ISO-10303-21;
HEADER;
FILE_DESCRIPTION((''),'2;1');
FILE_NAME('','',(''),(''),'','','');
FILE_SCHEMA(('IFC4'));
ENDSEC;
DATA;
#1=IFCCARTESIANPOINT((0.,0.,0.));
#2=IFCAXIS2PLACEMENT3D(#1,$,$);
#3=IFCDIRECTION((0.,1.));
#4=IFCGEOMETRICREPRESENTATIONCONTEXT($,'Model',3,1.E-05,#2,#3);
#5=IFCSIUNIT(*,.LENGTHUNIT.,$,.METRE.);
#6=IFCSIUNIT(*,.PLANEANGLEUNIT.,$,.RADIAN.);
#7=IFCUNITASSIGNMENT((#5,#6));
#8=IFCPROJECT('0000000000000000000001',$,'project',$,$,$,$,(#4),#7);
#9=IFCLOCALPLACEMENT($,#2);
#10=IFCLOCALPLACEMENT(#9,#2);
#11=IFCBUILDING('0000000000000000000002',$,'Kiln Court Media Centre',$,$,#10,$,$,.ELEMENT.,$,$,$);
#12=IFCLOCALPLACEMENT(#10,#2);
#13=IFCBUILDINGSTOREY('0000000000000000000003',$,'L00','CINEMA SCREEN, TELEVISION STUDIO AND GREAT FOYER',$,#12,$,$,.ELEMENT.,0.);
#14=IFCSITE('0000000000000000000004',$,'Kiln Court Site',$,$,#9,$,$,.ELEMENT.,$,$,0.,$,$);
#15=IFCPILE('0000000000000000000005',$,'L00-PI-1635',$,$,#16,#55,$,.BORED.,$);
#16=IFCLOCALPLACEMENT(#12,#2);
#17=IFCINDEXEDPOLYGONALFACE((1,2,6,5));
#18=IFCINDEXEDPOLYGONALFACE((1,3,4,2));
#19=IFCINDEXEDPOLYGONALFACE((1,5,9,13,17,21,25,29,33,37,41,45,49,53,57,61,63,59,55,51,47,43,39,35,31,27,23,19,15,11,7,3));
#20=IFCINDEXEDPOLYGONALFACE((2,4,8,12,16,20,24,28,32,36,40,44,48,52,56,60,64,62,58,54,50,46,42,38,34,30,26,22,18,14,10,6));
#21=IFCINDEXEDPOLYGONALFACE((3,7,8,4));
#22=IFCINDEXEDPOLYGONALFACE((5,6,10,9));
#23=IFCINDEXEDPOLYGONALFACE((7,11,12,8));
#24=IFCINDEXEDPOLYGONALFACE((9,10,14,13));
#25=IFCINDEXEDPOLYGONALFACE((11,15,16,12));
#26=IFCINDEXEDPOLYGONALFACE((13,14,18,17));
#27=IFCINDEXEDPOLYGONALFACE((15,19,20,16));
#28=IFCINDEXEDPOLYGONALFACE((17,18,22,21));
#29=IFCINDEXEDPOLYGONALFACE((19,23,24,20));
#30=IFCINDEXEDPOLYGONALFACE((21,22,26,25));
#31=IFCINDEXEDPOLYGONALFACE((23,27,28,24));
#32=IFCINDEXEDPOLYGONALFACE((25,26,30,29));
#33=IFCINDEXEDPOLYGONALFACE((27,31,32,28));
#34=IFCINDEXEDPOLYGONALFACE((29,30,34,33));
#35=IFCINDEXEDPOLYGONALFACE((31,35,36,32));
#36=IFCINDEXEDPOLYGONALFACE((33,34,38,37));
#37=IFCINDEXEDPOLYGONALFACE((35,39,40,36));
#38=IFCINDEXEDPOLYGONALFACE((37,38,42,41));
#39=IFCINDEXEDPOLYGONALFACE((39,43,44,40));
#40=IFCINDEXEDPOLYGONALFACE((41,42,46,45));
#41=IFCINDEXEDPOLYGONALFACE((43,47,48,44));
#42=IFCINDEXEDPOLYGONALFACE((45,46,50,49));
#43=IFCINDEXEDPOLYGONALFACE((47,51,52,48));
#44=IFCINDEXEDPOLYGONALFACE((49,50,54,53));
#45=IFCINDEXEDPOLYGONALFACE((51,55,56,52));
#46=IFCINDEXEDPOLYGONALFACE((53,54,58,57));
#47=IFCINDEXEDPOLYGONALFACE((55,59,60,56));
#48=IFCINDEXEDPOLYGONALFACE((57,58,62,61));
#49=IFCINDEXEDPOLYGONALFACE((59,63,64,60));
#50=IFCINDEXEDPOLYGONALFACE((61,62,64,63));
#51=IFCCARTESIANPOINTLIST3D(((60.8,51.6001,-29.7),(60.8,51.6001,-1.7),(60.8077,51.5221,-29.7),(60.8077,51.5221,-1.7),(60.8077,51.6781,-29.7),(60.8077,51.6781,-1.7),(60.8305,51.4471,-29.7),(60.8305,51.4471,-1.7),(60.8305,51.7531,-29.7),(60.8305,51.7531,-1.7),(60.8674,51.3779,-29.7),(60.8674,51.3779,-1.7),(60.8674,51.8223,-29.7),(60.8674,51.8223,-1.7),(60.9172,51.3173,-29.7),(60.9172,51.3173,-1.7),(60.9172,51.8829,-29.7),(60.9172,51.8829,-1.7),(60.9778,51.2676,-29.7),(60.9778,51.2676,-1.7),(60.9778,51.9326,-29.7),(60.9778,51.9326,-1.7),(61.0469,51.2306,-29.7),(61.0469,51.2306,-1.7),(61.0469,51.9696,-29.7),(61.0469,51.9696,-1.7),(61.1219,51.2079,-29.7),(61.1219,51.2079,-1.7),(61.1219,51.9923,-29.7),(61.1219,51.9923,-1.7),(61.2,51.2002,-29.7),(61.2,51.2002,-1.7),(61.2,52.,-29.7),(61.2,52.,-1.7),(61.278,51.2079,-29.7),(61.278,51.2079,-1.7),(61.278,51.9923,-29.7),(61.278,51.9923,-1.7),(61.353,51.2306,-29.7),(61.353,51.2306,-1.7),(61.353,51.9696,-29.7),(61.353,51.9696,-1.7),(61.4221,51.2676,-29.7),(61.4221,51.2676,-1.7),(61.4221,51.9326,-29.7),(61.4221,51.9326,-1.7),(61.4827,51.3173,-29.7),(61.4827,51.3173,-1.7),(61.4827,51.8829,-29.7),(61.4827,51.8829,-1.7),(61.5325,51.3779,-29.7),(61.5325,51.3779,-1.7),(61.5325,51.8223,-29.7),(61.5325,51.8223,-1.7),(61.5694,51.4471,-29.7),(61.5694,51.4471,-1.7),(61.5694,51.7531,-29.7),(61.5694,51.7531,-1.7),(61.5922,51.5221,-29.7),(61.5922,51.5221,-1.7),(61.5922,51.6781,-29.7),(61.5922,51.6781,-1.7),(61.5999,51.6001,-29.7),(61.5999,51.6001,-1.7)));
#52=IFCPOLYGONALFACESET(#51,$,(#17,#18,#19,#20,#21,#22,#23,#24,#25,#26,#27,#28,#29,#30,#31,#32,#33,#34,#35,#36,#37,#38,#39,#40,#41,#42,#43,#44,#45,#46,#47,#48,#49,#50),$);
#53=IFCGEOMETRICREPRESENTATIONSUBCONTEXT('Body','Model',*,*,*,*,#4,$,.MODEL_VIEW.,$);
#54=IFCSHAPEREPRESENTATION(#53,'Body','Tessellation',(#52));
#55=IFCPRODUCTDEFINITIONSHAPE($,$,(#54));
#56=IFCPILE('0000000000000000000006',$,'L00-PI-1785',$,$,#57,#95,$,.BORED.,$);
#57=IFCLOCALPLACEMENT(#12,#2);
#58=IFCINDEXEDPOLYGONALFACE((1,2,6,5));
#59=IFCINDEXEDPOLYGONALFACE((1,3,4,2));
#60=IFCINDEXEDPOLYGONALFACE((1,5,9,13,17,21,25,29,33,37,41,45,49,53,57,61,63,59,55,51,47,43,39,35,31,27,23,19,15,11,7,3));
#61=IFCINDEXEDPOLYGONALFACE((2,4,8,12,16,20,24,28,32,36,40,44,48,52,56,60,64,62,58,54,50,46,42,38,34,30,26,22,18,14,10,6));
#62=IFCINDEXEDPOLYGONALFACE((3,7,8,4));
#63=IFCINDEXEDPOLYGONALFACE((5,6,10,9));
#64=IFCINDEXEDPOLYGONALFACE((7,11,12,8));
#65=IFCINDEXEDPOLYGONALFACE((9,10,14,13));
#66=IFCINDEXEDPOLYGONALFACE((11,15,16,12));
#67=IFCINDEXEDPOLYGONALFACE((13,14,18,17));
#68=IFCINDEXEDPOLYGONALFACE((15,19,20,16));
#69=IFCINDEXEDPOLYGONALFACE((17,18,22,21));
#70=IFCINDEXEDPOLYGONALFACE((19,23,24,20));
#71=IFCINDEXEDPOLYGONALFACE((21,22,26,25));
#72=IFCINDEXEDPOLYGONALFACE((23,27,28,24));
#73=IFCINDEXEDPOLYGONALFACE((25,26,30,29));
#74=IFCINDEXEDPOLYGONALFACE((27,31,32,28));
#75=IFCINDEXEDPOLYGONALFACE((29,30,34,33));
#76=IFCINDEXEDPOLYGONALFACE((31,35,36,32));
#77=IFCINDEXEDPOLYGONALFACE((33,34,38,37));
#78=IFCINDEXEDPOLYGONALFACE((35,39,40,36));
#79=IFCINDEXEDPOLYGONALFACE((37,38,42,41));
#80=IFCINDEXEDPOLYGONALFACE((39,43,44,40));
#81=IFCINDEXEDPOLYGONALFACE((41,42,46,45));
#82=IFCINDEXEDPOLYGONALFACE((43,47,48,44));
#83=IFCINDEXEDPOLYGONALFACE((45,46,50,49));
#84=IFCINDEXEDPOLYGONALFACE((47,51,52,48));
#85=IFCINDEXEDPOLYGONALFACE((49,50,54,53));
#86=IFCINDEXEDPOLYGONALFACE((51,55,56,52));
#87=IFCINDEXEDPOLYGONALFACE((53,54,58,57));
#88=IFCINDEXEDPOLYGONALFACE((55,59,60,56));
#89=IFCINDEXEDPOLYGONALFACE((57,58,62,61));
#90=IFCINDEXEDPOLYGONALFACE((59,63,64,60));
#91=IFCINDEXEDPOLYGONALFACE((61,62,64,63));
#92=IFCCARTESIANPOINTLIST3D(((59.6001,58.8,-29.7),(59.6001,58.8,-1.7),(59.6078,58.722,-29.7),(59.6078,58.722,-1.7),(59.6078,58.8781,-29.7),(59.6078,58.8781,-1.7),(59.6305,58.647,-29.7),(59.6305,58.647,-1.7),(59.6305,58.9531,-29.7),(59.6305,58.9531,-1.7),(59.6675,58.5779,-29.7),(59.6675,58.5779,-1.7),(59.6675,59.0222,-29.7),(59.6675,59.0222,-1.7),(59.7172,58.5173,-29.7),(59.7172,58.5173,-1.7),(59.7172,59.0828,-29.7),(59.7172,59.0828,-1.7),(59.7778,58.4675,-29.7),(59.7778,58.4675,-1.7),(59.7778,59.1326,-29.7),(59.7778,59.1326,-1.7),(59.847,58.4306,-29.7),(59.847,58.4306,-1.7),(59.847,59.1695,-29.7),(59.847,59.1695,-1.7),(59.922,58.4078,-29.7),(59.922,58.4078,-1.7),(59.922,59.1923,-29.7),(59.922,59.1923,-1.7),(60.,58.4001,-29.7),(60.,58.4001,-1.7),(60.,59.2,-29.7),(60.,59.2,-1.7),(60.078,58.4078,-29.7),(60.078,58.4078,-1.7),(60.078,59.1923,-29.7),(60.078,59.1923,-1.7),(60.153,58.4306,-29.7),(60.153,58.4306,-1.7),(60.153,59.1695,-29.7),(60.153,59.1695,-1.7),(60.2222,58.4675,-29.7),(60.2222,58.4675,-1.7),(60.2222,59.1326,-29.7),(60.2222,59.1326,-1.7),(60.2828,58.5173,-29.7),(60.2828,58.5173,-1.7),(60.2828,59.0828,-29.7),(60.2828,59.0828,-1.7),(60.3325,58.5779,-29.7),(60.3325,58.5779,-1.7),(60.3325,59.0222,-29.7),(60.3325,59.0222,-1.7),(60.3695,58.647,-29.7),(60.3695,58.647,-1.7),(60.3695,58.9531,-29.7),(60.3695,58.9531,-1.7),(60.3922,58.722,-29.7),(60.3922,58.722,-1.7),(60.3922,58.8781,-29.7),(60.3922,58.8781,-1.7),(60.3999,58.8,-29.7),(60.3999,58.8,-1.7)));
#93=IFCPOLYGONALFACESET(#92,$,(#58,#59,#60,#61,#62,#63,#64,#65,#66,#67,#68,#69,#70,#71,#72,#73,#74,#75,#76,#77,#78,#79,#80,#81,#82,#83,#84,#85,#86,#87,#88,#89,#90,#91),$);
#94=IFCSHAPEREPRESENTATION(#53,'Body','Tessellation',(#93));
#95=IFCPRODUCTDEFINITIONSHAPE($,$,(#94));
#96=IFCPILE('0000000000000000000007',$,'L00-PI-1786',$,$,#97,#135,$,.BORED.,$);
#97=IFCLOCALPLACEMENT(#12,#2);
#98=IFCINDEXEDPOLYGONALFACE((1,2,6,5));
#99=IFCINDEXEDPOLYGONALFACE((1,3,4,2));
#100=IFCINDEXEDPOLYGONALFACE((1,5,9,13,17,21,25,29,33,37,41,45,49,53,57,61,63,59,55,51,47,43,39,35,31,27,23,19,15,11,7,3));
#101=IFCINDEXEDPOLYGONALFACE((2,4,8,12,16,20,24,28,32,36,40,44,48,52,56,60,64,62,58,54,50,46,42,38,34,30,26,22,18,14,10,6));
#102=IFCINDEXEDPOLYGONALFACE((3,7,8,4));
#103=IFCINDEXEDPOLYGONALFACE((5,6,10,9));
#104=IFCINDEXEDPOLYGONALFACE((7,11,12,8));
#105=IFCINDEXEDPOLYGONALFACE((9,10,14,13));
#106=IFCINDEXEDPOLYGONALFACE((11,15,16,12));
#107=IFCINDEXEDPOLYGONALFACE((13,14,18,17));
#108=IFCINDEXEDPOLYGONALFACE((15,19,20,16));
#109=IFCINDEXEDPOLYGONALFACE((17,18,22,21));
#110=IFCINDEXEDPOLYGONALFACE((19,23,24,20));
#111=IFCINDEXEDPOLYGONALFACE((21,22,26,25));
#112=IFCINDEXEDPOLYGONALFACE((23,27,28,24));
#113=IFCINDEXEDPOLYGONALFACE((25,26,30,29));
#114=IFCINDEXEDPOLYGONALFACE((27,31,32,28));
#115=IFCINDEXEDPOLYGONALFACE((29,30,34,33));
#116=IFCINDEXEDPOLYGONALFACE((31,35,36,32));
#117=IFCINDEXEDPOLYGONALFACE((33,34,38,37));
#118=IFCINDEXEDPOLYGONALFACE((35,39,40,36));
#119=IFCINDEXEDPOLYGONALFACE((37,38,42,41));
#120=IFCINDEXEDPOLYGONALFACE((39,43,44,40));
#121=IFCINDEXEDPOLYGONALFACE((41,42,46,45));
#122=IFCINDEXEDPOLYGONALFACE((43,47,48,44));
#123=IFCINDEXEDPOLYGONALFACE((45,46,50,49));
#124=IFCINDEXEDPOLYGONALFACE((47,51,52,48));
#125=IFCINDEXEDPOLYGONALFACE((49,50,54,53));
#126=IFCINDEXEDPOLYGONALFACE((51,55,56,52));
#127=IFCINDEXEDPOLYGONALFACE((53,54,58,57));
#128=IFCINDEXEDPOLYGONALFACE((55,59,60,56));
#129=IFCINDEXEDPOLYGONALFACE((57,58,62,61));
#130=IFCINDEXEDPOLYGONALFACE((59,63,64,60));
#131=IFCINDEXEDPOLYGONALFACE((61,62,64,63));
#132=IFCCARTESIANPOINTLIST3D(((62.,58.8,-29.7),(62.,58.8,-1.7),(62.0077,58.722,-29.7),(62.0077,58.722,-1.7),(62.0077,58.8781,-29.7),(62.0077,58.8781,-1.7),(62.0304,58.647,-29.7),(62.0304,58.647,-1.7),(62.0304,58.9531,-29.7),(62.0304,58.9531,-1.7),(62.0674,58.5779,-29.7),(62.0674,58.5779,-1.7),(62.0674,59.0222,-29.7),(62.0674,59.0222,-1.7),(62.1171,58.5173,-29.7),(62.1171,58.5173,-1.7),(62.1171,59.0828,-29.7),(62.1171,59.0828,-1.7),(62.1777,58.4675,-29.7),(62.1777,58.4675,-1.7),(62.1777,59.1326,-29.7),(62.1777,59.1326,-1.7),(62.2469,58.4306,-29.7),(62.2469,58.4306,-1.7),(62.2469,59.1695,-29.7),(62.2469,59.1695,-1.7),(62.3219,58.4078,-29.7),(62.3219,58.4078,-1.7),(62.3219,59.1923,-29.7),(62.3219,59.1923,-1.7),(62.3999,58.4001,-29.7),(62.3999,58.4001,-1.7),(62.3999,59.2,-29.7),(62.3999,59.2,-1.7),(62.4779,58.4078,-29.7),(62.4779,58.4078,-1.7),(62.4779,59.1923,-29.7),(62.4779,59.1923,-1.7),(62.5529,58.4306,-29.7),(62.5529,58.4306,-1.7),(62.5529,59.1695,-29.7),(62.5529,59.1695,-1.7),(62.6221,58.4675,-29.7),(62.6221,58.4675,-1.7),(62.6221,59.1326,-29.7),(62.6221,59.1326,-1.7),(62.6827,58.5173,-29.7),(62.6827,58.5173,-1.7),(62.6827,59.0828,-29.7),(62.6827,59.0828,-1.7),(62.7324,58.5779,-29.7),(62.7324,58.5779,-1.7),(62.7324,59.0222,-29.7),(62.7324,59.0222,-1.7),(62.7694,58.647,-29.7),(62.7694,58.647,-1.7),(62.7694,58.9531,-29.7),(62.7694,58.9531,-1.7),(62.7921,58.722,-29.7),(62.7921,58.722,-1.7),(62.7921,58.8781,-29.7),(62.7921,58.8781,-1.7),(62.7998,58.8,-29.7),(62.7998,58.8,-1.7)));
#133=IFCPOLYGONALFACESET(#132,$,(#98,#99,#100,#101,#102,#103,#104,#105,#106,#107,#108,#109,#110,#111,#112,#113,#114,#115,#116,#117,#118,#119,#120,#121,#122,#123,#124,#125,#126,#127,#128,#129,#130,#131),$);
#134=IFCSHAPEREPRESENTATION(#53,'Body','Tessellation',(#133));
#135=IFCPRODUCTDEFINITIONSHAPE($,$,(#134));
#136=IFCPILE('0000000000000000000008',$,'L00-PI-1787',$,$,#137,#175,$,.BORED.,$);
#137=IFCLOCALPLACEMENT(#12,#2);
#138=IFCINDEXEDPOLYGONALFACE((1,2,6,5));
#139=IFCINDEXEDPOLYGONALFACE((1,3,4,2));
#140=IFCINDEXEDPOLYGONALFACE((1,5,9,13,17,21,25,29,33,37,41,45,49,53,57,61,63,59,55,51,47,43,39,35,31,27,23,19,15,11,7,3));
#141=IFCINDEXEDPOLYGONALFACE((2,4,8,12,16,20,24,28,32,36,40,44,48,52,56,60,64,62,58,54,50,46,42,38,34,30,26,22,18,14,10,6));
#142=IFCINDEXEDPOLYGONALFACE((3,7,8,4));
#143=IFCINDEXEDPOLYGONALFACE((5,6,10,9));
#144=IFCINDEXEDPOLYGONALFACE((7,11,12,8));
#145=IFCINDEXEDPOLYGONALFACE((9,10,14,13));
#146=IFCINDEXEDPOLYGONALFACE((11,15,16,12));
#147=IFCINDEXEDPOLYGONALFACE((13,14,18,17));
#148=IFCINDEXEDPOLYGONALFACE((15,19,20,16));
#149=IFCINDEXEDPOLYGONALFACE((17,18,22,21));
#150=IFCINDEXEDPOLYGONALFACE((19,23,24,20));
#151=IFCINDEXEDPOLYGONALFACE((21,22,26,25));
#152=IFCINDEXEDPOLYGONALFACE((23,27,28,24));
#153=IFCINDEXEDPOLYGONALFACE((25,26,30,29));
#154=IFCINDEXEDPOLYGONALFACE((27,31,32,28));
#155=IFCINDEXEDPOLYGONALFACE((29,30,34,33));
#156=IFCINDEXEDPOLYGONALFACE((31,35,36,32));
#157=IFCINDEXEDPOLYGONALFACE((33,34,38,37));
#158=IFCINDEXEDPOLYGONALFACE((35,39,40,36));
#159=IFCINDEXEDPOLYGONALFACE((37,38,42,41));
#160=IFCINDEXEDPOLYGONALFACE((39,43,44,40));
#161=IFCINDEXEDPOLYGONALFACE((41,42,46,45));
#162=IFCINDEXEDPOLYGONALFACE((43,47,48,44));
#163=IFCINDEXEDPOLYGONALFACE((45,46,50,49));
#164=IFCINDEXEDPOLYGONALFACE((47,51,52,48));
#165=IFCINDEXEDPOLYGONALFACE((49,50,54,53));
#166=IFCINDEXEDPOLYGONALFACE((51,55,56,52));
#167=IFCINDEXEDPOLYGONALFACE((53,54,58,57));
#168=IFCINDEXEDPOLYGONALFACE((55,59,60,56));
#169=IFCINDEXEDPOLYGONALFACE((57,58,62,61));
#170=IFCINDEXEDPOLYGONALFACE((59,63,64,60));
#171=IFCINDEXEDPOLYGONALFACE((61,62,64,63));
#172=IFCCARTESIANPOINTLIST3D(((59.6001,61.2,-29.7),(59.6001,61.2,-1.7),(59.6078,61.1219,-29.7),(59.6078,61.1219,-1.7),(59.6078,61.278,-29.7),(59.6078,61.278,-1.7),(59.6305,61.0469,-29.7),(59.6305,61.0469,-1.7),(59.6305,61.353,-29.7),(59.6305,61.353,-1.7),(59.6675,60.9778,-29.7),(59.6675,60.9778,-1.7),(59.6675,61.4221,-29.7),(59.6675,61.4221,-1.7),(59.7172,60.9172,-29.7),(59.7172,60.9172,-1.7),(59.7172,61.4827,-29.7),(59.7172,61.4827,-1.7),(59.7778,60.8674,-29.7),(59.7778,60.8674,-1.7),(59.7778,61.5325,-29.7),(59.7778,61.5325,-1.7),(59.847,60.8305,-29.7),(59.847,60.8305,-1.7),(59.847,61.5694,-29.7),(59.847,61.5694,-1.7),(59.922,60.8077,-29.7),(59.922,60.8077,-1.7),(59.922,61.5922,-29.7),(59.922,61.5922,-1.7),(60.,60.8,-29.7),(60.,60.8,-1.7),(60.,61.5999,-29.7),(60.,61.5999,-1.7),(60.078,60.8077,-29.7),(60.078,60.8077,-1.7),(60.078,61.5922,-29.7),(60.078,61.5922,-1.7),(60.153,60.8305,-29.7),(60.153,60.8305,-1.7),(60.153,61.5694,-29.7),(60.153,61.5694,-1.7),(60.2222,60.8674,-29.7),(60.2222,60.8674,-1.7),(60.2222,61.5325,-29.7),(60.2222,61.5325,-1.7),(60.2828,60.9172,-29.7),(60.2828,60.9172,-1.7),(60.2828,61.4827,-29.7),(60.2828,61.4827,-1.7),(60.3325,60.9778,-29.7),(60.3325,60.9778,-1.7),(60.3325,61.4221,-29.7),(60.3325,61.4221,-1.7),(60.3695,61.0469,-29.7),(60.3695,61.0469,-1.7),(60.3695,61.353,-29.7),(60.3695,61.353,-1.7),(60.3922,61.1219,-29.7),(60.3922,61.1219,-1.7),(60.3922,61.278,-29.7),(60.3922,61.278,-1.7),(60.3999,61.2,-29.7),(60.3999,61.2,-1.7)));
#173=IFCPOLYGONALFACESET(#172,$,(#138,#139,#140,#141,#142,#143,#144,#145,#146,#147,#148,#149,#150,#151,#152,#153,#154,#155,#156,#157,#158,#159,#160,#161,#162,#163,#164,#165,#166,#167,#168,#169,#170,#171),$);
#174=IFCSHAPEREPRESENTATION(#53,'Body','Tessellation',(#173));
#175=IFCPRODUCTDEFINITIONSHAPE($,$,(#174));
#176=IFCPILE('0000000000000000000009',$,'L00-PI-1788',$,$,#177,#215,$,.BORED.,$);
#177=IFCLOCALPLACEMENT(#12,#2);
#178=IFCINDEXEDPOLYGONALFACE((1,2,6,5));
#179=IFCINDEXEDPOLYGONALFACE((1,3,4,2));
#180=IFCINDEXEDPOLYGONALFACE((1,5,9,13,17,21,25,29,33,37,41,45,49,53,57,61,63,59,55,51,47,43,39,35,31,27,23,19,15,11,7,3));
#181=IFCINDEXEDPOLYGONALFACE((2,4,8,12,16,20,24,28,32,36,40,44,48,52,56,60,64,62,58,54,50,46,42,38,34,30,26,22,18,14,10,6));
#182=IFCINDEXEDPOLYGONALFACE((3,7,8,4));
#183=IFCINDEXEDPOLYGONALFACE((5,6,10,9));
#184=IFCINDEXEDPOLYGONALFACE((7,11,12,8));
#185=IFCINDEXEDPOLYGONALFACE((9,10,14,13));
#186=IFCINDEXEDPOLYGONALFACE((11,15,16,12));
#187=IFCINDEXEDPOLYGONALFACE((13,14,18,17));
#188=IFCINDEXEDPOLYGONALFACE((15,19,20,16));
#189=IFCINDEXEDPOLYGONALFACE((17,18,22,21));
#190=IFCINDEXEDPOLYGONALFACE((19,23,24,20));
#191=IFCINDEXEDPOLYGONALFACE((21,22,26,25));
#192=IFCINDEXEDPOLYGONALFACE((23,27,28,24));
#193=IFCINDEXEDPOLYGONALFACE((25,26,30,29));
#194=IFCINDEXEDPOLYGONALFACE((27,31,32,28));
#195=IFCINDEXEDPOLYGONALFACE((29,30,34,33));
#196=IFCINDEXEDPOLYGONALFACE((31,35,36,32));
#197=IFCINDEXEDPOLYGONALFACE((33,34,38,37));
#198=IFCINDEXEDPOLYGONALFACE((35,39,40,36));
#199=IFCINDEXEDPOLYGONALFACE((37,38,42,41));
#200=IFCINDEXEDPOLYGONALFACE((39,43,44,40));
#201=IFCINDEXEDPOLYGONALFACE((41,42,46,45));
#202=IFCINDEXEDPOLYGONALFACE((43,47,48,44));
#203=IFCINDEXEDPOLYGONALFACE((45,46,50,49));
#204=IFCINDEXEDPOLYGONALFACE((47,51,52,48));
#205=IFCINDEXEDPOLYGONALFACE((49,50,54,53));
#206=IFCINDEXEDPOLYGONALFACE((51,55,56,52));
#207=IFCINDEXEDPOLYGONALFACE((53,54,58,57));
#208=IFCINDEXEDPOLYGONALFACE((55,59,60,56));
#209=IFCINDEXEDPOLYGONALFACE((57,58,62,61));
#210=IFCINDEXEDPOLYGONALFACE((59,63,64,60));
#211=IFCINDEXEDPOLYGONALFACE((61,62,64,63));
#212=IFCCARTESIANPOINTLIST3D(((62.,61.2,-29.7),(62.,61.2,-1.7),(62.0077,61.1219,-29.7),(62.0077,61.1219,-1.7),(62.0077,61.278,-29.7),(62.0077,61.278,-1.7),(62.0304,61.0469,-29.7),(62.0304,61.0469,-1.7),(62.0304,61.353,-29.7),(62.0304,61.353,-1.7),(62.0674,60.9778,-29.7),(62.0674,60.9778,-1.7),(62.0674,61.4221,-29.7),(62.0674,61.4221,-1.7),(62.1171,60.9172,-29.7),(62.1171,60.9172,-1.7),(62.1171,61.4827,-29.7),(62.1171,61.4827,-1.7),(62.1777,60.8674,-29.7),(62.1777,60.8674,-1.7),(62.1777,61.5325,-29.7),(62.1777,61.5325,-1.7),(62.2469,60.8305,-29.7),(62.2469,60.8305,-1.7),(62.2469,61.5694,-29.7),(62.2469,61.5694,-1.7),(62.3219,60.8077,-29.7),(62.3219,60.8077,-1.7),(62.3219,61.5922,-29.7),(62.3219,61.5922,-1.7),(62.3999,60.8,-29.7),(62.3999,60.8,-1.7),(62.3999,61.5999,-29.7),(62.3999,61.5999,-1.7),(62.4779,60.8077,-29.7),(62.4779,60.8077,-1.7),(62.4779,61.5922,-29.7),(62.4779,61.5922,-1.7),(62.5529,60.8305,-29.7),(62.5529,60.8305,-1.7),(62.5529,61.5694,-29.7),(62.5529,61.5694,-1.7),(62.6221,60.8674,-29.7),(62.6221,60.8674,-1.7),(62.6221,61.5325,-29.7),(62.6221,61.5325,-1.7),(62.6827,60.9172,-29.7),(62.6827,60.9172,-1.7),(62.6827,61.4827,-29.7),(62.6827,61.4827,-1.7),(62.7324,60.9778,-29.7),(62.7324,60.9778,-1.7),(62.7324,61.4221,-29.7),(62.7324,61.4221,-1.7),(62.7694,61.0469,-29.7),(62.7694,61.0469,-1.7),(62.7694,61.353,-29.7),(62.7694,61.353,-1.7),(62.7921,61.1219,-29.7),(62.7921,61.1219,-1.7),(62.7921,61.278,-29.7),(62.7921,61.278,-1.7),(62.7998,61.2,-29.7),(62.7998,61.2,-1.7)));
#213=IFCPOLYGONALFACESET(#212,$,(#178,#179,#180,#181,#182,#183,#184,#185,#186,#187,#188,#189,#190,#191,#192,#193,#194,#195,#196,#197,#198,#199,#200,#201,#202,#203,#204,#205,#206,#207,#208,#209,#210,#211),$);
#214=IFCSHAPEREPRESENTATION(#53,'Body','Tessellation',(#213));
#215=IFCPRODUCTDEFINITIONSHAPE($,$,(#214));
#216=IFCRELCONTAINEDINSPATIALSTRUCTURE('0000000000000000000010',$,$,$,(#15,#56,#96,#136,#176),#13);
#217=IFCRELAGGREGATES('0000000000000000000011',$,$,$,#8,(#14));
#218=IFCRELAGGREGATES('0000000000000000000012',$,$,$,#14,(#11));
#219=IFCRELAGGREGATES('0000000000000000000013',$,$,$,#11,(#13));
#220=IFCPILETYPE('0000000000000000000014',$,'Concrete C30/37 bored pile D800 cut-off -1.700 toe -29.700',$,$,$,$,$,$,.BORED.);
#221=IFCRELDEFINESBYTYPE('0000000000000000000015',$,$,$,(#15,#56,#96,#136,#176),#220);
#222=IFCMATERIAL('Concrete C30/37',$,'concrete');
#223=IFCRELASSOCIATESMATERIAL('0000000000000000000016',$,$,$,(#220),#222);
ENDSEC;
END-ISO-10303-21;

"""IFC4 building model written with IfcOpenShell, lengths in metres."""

from ifc_helpers import new_model, si_unit, direction, frame, origin, origin_2d, place, context, subcontext, project, spatial, circle, extrude, material, material_profile, profile_set, type_object, element, save


model = new_model("IFC4")

# Units and contexts
model_context = context("Model", 3, precision=1e-05, world=origin(), true_north=direction((0.0, 1.0)))
body_context = subcontext(model_context, "Body", "Model", "MODEL_VIEW")
ifc_project = project(units=[si_unit("LENGTHUNIT", "METRE"), si_unit("PLANEANGLEUNIT", "RADIAN")], contexts=[model_context])

# Site, building, storey
site_placement = place(None, origin())
site = spatial("IfcSite", under=ifc_project, at=site_placement, Name="Kiln Court Site", CompositionType="ELEMENT", RefElevation=0.0)
building_placement = place(site_placement, origin())
building = spatial("IfcBuilding", under=site, at=building_placement, Name="Kiln Court Media Centre", CompositionType="ELEMENT")
storey_placement = place(building_placement, origin())
storey = spatial("IfcBuildingStorey", under=building, at=storey_placement, Name="L00", Description="CINEMA SCREEN, TELEVISION STUDIO AND GREAT FOYER", CompositionType="ELEMENT", Elevation=0.0)

# Piles
ifc_material_1 = material(Name="Concrete C30/37", Category="concrete")
ifc_material_profile_1 = material_profile(ifc_material_1, circle(Radius=0.3999, at=origin_2d()), Name="PILE D800")
ifc_profile_set_1 = profile_set([ifc_material_profile_1], Name="Concrete C30/37")
pile_type_1 = type_object("IfcPileType", Name="Concrete C30/37 bored pile D800 cut-off -1.700 toe -29.700", PredefinedType="BORED", material=ifc_profile_set_1)
for number, where, z_axis, x_axis, name in (
    (1, (61.2, 51.6001, -1.7), (0.0, 0.0, -1.0), (1.0, 0.0, 0.0), "L00-PI-1635"),
    (2, (60.0, 58.8, -1.7), (0.0, 0.0, -1.0), (1.0, 0.0, 0.0), "L00-PI-1785"),
    (3, (62.3999, 58.8, -1.7), (0.0, 0.0, -1.0), (1.0, 0.0, 0.0), "L00-PI-1786"),
    (4, (60.0, 61.2, -1.7), (0.0, 0.0, -1.0), (1.0, 0.0, 0.0), "L00-PI-1787"),
    (5, (62.3999, 61.2, -1.7), (0.0, 0.0, -1.0), (1.0, 0.0, 0.0), "L00-PI-1788"),
):
    element("IfcPile", number, at=place(storey_placement, frame(where, z_axis=z_axis, x_axis=x_axis)), inside=storey, type_object=pile_type_1, Name=name, PredefinedType="BORED", context=body_context, shape_type="SweptSolid", body=[
        extrude(circle(Radius=0.3999, at=origin_2d()), origin(), (0.0, 0.0, 1.0), 28.0),
    ])

save(model, "model.ifc")
